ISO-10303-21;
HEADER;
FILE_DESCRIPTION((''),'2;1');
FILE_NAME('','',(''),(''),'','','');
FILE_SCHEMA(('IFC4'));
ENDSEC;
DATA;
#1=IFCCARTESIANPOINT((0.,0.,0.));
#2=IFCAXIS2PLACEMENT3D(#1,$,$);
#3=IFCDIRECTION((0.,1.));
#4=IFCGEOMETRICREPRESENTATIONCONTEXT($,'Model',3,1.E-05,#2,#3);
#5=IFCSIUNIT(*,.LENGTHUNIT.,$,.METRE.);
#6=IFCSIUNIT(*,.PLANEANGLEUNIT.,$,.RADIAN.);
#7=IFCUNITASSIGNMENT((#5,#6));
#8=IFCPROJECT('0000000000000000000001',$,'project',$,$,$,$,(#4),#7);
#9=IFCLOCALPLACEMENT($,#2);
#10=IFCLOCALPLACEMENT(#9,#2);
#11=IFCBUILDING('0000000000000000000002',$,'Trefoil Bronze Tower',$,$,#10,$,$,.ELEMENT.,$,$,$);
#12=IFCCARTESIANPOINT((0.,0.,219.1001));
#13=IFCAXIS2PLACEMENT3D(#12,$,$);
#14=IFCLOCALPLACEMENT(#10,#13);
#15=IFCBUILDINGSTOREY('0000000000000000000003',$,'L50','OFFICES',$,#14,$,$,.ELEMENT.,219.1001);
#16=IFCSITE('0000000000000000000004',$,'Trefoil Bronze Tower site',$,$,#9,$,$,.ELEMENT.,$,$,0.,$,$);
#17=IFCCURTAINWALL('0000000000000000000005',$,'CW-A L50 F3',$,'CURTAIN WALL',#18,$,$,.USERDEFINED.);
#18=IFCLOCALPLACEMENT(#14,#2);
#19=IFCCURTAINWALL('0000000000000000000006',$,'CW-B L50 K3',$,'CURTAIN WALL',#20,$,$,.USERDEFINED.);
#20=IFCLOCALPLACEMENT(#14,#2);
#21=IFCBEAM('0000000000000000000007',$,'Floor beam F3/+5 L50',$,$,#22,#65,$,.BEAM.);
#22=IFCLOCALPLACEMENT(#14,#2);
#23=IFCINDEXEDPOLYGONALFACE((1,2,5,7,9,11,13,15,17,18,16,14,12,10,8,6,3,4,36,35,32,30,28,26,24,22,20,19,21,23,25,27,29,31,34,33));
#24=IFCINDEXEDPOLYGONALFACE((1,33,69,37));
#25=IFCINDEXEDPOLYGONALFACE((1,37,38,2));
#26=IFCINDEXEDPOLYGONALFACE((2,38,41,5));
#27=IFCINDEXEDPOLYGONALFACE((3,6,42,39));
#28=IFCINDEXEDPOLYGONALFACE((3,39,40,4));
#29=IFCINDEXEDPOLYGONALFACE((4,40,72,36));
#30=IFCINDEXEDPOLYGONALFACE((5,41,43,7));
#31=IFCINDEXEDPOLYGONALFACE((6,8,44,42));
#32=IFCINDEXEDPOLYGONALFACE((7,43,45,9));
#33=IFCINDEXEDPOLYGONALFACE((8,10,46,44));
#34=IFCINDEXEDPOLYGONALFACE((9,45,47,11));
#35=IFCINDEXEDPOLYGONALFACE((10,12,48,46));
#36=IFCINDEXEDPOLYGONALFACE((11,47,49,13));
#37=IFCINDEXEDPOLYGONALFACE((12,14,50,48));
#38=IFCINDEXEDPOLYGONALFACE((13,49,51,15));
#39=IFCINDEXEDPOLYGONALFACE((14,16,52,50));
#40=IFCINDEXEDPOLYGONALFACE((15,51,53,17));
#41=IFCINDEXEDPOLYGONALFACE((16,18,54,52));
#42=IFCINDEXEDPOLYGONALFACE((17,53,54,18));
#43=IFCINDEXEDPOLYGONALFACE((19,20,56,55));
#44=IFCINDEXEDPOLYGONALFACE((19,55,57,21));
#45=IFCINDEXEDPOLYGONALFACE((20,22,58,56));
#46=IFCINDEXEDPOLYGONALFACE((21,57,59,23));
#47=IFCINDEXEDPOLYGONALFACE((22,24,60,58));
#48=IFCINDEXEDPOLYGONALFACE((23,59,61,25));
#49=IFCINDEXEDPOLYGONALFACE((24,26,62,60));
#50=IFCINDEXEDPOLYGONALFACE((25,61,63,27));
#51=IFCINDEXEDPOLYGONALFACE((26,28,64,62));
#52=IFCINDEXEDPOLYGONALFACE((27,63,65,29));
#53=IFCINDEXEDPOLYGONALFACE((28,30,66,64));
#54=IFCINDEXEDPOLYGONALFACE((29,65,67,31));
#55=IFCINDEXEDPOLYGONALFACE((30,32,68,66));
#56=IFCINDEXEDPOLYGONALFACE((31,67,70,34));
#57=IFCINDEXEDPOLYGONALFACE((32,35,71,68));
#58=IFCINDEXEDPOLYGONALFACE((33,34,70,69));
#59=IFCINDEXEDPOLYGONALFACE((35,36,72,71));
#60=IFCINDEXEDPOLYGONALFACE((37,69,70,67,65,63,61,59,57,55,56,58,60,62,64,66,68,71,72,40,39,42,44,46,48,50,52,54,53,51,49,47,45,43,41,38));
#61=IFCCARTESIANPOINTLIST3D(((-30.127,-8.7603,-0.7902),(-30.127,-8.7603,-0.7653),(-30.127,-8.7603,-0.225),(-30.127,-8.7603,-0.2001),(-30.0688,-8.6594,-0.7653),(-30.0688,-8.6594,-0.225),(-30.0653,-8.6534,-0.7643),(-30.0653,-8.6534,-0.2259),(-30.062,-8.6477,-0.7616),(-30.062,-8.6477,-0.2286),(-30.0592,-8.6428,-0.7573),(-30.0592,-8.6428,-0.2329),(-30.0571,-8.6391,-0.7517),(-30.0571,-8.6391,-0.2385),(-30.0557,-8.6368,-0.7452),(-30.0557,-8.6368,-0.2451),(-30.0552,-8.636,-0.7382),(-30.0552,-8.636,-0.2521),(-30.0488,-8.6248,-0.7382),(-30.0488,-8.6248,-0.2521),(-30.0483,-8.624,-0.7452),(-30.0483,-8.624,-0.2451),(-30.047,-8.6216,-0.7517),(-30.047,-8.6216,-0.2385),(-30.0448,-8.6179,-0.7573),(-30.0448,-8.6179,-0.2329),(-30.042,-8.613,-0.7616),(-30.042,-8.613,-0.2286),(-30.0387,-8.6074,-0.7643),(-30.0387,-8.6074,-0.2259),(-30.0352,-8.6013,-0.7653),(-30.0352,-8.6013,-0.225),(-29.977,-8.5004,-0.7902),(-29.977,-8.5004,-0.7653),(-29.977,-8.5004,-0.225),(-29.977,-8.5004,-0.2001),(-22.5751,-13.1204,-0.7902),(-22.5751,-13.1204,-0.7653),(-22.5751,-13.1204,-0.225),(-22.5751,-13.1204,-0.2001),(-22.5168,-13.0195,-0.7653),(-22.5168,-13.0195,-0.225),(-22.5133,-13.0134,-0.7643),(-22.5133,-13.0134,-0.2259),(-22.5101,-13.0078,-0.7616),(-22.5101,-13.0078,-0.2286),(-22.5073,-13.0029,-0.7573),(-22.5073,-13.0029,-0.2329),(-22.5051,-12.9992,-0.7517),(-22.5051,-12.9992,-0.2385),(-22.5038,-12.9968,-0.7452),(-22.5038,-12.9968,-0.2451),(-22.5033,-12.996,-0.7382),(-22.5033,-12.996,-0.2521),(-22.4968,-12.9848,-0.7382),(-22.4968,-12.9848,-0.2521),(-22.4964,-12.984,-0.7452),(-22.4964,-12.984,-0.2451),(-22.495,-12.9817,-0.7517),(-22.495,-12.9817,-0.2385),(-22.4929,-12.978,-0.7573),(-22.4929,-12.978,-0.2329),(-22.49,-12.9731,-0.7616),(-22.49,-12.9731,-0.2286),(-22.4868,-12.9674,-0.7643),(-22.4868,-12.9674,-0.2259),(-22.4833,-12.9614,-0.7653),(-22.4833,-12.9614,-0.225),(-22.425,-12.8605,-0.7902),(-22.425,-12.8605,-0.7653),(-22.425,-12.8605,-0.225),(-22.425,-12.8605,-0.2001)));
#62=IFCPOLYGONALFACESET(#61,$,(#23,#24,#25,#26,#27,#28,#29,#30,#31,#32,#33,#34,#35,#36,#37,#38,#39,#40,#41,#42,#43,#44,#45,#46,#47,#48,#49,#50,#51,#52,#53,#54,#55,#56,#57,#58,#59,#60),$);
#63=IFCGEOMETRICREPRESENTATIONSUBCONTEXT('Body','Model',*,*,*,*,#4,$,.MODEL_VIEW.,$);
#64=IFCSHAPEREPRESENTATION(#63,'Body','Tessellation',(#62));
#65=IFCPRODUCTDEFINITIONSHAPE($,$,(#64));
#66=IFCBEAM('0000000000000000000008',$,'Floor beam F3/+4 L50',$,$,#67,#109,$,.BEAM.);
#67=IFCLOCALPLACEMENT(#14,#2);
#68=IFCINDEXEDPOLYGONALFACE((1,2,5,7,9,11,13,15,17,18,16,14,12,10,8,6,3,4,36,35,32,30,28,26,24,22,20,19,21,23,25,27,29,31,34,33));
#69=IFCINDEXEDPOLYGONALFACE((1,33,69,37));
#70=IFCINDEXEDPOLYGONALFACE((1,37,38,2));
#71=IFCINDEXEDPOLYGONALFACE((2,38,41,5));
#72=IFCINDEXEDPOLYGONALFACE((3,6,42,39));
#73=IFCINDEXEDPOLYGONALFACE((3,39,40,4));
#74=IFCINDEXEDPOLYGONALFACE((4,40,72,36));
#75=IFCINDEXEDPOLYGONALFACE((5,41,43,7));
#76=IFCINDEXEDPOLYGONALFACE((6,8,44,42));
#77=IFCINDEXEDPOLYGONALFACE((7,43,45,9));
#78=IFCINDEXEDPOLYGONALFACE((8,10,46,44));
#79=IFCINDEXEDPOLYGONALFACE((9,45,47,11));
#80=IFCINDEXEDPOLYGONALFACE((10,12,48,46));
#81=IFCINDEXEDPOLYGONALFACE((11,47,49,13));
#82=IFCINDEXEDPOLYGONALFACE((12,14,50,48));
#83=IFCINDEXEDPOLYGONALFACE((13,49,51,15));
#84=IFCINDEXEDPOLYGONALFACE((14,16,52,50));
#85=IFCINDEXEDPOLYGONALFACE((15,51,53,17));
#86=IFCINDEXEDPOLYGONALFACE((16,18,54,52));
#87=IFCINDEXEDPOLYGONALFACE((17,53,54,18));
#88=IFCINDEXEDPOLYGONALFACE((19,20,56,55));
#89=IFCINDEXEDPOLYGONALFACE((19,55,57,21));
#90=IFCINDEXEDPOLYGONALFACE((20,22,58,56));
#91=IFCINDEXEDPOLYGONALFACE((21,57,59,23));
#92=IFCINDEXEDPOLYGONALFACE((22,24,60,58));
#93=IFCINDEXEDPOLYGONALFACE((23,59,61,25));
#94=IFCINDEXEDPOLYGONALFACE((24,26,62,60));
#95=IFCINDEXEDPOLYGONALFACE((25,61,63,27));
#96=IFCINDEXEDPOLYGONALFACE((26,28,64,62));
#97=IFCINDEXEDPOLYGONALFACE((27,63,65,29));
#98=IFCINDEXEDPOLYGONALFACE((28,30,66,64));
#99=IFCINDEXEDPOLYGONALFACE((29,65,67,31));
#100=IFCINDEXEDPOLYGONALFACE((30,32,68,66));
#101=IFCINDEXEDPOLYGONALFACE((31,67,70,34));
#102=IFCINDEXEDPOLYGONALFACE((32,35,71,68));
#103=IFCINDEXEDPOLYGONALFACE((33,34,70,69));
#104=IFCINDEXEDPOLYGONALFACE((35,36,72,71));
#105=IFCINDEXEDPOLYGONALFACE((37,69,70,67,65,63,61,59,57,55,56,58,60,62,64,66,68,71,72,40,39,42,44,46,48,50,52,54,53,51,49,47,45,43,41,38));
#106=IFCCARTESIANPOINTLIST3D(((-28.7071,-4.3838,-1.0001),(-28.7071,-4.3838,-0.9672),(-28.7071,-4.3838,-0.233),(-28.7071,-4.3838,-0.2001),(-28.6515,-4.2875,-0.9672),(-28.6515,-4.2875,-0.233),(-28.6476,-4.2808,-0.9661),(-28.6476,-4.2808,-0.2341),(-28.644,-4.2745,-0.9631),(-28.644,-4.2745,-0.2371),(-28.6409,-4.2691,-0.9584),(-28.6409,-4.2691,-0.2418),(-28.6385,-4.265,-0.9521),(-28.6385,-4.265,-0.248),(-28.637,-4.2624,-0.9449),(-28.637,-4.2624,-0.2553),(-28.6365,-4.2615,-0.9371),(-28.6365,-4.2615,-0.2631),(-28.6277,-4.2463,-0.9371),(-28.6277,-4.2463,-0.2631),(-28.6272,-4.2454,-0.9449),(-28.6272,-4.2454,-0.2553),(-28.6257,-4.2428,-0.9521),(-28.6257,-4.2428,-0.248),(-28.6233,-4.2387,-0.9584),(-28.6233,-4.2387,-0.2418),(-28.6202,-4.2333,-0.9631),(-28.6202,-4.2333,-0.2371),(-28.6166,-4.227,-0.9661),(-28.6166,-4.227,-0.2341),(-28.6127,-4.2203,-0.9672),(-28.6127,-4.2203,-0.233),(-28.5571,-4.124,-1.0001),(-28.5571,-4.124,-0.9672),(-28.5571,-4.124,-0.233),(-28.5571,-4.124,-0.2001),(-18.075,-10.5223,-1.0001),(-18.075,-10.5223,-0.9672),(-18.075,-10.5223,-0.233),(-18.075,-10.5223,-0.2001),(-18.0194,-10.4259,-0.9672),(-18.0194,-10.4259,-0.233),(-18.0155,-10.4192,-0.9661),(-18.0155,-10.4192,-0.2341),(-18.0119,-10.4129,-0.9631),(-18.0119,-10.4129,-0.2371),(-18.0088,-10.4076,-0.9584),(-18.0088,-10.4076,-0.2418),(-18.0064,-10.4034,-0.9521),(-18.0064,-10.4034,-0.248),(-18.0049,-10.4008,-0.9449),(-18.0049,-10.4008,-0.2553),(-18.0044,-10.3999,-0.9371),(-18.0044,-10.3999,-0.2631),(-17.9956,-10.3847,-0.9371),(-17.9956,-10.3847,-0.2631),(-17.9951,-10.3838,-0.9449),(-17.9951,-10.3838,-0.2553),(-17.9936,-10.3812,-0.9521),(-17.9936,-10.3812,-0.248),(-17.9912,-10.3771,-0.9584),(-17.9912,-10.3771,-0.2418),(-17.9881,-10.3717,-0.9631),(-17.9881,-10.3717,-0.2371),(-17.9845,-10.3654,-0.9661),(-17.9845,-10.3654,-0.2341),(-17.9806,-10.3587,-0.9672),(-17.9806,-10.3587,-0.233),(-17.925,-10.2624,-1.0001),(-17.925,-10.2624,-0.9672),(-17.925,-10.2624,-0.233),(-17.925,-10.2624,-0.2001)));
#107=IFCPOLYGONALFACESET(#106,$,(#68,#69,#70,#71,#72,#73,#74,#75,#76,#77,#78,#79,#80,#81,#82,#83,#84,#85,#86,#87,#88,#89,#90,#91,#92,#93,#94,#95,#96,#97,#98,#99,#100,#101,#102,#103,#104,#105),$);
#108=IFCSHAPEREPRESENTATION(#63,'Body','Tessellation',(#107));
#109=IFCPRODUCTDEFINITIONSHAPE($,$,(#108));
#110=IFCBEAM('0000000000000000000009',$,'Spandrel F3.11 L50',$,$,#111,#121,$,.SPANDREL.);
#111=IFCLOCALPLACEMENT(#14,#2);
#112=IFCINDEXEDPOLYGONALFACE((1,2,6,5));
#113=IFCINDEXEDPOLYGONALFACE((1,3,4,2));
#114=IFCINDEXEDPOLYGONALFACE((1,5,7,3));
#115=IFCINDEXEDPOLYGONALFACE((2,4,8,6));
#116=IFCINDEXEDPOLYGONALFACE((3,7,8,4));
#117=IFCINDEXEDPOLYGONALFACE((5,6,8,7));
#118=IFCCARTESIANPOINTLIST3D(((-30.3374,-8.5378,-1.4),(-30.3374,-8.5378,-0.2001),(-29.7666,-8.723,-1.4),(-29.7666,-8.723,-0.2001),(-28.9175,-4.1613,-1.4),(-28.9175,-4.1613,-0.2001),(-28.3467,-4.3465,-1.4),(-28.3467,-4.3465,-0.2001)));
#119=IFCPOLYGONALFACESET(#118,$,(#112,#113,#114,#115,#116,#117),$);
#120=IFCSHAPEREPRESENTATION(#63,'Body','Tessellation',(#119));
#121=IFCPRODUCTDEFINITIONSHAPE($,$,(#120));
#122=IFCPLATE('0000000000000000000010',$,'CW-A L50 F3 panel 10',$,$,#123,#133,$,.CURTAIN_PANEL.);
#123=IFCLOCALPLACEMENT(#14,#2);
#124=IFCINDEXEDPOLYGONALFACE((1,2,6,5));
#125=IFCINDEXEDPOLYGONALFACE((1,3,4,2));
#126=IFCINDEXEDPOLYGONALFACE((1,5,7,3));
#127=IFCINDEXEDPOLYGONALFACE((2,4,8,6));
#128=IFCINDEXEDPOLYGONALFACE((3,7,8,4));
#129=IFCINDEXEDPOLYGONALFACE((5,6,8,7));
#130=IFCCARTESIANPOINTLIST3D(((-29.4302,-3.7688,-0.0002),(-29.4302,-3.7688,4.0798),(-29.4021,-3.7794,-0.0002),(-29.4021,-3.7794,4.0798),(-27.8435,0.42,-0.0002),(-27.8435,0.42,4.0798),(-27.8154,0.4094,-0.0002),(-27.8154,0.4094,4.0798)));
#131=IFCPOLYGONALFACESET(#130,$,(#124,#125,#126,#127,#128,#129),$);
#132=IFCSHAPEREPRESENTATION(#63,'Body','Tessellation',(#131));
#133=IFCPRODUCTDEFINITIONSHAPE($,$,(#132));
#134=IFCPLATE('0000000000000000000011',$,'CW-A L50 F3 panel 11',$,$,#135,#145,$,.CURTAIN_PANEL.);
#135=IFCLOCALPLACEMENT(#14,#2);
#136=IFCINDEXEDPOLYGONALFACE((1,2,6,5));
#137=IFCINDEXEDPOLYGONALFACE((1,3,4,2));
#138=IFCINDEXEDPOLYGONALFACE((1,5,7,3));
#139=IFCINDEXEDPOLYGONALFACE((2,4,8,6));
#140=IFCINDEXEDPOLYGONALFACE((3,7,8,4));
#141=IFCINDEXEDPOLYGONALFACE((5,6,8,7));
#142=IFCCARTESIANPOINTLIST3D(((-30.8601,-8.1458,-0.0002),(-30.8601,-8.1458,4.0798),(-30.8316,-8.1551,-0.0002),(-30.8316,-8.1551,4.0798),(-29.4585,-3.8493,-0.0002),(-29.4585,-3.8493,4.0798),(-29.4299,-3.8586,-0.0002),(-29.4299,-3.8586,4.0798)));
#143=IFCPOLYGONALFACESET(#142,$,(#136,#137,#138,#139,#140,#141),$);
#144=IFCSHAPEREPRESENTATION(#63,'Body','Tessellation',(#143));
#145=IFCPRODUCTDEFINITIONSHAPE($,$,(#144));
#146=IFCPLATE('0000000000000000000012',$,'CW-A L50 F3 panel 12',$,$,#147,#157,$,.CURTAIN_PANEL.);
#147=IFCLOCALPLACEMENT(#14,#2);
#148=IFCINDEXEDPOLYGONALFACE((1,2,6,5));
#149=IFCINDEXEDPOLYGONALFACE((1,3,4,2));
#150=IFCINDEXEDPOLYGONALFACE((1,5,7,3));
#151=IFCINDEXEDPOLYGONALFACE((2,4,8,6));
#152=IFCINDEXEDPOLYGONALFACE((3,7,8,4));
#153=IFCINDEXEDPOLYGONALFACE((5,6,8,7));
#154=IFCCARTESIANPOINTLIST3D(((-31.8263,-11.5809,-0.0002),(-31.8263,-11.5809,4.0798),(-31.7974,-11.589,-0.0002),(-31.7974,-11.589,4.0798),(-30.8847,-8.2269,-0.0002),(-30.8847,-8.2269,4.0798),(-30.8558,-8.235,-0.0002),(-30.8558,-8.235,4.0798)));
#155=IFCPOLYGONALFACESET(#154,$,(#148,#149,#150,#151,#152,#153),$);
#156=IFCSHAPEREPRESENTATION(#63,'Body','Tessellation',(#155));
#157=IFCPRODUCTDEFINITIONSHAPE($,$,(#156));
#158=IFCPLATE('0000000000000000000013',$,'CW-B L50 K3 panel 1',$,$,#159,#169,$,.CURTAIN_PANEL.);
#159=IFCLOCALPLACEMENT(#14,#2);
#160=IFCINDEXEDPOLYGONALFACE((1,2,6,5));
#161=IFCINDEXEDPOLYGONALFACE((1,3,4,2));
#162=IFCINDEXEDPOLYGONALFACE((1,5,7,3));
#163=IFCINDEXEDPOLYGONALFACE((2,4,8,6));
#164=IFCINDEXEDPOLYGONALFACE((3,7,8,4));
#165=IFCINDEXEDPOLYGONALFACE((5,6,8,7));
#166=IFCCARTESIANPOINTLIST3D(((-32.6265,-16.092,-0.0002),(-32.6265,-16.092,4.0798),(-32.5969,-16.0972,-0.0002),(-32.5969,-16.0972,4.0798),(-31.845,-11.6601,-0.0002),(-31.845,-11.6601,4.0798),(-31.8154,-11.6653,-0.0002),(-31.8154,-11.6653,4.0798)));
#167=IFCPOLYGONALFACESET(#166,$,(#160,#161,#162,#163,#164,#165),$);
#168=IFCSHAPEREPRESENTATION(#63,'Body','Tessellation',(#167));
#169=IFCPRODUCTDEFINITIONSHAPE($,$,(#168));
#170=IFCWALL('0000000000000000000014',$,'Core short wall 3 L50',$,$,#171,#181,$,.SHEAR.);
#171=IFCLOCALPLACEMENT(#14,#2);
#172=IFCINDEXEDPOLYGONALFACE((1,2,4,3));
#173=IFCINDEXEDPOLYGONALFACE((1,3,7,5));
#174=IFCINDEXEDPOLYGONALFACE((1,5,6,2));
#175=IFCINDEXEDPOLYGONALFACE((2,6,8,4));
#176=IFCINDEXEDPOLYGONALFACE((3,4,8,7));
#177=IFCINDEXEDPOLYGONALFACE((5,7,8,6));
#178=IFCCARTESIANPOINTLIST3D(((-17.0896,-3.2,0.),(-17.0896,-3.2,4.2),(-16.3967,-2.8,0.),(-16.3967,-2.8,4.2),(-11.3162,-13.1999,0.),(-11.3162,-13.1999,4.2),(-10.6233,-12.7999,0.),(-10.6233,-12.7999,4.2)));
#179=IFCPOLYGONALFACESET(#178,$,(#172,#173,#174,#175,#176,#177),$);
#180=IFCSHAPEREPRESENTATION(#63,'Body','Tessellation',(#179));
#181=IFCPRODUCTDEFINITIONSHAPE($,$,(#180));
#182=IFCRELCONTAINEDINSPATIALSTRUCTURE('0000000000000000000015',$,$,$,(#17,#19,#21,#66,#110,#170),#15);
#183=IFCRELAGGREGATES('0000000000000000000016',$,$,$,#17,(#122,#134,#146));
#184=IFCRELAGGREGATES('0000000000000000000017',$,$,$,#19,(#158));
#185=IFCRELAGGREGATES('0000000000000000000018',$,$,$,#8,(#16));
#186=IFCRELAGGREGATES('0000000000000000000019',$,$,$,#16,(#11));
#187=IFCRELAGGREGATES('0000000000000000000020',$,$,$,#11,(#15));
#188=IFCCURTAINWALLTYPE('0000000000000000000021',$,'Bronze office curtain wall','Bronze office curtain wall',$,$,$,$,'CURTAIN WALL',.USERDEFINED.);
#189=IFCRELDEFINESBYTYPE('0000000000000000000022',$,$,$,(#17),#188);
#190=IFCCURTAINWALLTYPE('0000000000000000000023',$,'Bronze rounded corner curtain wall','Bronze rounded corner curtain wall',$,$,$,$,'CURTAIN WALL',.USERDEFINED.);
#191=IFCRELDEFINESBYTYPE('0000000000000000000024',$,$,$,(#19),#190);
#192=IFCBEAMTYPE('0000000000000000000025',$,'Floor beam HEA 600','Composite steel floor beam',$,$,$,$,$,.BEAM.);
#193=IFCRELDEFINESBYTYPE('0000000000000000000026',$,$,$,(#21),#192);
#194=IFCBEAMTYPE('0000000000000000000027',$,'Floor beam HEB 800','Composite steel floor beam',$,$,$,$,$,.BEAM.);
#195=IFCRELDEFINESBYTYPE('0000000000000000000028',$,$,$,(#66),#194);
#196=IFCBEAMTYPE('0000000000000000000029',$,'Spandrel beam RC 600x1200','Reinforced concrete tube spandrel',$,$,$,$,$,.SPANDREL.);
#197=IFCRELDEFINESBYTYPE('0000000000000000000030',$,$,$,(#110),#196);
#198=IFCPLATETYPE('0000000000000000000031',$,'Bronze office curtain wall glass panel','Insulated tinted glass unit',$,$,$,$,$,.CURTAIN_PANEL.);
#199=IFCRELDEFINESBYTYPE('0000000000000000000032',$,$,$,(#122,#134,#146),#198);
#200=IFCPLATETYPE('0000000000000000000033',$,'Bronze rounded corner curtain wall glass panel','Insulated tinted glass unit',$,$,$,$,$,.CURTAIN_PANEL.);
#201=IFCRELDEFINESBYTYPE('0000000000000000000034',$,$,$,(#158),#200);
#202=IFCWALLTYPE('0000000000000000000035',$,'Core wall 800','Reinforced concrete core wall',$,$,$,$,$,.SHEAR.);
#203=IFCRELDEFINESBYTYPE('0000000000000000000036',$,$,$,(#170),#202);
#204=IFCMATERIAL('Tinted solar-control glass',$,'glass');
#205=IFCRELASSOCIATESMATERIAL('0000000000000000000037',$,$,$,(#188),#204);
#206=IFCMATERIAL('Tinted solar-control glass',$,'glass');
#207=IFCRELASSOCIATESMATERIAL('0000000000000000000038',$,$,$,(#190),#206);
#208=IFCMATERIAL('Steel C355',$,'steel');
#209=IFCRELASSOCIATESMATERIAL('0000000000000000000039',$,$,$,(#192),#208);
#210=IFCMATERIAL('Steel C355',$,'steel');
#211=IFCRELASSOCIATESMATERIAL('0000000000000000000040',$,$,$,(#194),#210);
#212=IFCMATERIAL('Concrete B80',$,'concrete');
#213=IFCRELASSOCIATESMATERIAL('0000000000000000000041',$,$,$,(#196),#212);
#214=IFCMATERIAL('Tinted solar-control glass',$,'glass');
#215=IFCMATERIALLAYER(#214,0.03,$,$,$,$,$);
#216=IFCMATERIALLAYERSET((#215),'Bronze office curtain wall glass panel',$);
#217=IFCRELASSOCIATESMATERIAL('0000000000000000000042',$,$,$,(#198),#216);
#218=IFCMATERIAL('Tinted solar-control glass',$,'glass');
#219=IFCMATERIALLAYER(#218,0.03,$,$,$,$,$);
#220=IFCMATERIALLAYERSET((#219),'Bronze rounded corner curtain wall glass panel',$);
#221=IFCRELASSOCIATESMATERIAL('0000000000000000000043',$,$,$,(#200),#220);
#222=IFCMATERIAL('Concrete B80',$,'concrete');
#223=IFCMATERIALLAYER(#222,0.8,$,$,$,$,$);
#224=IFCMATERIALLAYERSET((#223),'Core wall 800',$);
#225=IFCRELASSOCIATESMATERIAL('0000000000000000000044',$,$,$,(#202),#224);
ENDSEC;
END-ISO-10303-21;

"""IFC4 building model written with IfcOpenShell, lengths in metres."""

from ifc_helpers import new_model, si_unit, direction, frame, frame_2d, origin, origin_2d, place, context, subcontext, project, spatial, rectangle, i_section, extrude, material, layer, layer_set, material_profile, profile_set, type_object, element, aggregate, save


model = new_model("IFC4")

# Units and contexts
model_context = context("Model", 3, precision=1e-05, world=origin(), true_north=direction((0.0, 1.0)))
body_context = subcontext(model_context, "Body", "Model", "MODEL_VIEW")
ifc_project = project(units=[si_unit("LENGTHUNIT", "METRE"), si_unit("PLANEANGLEUNIT", "RADIAN")], contexts=[model_context])

# Site, building, storey
site_placement = place(None, origin())
site = spatial("IfcSite", under=ifc_project, at=site_placement, Name="Trefoil Bronze Tower site", CompositionType="ELEMENT", RefElevation=0.0)
building_placement = place(site_placement, origin())
building = spatial("IfcBuilding", under=site, at=building_placement, Name="Trefoil Bronze Tower", CompositionType="ELEMENT")
storey_placement = place(building_placement, frame((0.0, 0.0, 219.1001)))
storey = spatial("IfcBuildingStorey", under=building, at=storey_placement, Name="L50", Description="OFFICES", CompositionType="ELEMENT", Elevation=219.1001)

# Curtain walls
ifc_material_1 = material(Name="Tinted solar-control glass", Category="glass")
curtain_wall_type_1 = type_object("IfcCurtainWallType", Name="Bronze office curtain wall", Description="Bronze office curtain wall", ElementType="CURTAIN WALL", PredefinedType="USERDEFINED", material=ifc_material_1)
curtain_wall_1_placement = place(storey_placement, origin())
curtain_wall_1 = element("IfcCurtainWall", 1, at=curtain_wall_1_placement, inside=storey, type_object=curtain_wall_type_1, Name="CW-A L50 F3", ObjectType="CURTAIN WALL", PredefinedType="USERDEFINED")
ifc_material_2 = material(Name="Tinted solar-control glass", Category="glass")
curtain_wall_type_2 = type_object("IfcCurtainWallType", Name="Bronze rounded corner curtain wall", Description="Bronze rounded corner curtain wall", ElementType="CURTAIN WALL", PredefinedType="USERDEFINED", material=ifc_material_2)
curtain_wall_2_placement = place(storey_placement, origin())
curtain_wall_2 = element("IfcCurtainWall", 2, at=curtain_wall_2_placement, inside=storey, type_object=curtain_wall_type_2, Name="CW-B L50 K3", ObjectType="CURTAIN WALL", PredefinedType="USERDEFINED")

# Beams
ifc_material_3 = material(Name="Steel C355", Category="steel")
ifc_material_profile_1 = material_profile(ifc_material_3, i_section(OverallWidth=0.3, OverallDepth=0.5901, WebThickness=0.0129, FlangeThickness=0.0249, FilletRadius=0.0271, at=origin_2d()), Name="HEA 600")
ifc_profile_set_1 = profile_set([ifc_material_profile_1], Name="Steel C355")
beam_type_1 = type_object("IfcBeamType", Name="Floor beam HEA 600", Description="Composite steel floor beam", PredefinedType="BEAM", material=ifc_profile_set_1)
beam_1_placement = place(storey_placement, frame((-30.052, -8.6304, -0.4951), z_axis=(0.866028, -0.499996, 0.0), x_axis=(0.499996, 0.866028, 0.0)))
element("IfcBeam", 3, at=beam_1_placement, inside=storey, type_object=beam_type_1, Name="Floor beam F3/+5 L50", PredefinedType="BEAM", context=body_context, shape_type="SweptSolid", body=[
    extrude(i_section(OverallWidth=0.3, OverallDepth=0.5901, WebThickness=0.0129, FlangeThickness=0.0249, FilletRadius=0.0271, at=origin_2d()), origin(), (0.0, 0.0, 1.0), 8.7202),
])
ifc_material_4 = material(Name="Steel C355", Category="steel")
ifc_material_profile_2 = material_profile(ifc_material_4, i_section(OverallWidth=0.3, OverallDepth=0.8, WebThickness=0.0176, FlangeThickness=0.033, FilletRadius=0.03, at=origin_2d()), Name="HEB 800")
ifc_profile_set_2 = profile_set([ifc_material_profile_2], Name="Steel C355")
beam_type_2 = type_object("IfcBeamType", Name="Floor beam HEB 800", Description="Composite steel floor beam", PredefinedType="BEAM", material=ifc_profile_set_2)
beam_2_placement = place(storey_placement, frame((-28.6321, -4.2539, -0.6001), z_axis=(0.866026, -0.5, 0.0), x_axis=(0.5, 0.866026, 0.0)))
element("IfcBeam", 4, at=beam_2_placement, inside=storey, type_object=beam_type_2, Name="Floor beam F3/+4 L50", PredefinedType="BEAM", context=body_context, shape_type="SweptSolid", body=[
    extrude(i_section(OverallWidth=0.3, OverallDepth=0.8, WebThickness=0.0176, FlangeThickness=0.033, FilletRadius=0.03, at=origin_2d()), origin(), (0.0, 0.0, 1.0), 12.2769),
])
ifc_material_5 = material(Name="Concrete B80", Category="concrete")
ifc_material_profile_3 = material_profile(ifc_material_5, rectangle(XDim=0.6001, YDim=1.2, at=origin_2d()), Name="RC 600x1200")
ifc_profile_set_3 = profile_set([ifc_material_profile_3], Name="Concrete B80")
beam_type_3 = type_object("IfcBeamType", Name="Spandrel beam RC 600x1200", Description="Reinforced concrete tube spandrel", PredefinedType="SPANDREL", material=ifc_profile_set_3)
beam_3_placement = place(storey_placement, frame((-28.6321, -4.2539, -0.8), z_axis=(-0.308609, -0.951189, 0.0), x_axis=(0.951189, -0.308609, 0.0)))
element("IfcBeam", 5, at=beam_3_placement, inside=storey, type_object=beam_type_3, Name="Spandrel F3.11 L50", PredefinedType="SPANDREL", context=body_context, shape_type="SweptSolid", body=[
    extrude(rectangle(XDim=0.6001, YDim=1.2, at=origin_2d()), origin(), (0.0, 0.0, 1.0), 4.6011),
])

# Plates
ifc_material_6 = material(Name="Tinted solar-control glass", Category="glass")
ifc_layer_1 = layer(ifc_material_6, 0.03)
ifc_layer_set_1 = layer_set([ifc_layer_1], Name="Bronze office curtain wall glass panel")
plate_type_1 = type_object("IfcPlateType", Name="Bronze office curtain wall glass panel", Description="Insulated tinted glass unit", PredefinedType="CURTAIN_PANEL", material=ifc_layer_set_1)
plate_1_placement = place(storey_placement, frame((-28.6228, -1.6797, -0.0002), z_axis=(0.0, 0.0, 1.0), x_axis=(-0.354234, -0.935157, 0.0)))
plate_1 = element("IfcPlate", 6, at=plate_1_placement, type_object=plate_type_1, Name="CW-A L50 F3 panel 10", PredefinedType="CURTAIN_PANEL", context=body_context, shape_type="SweptSolid", body=[
    extrude(rectangle(XDim=4.4792, YDim=0.03, at=origin_2d()), origin(), (0.0, 0.0, 1.0), 4.0801),
])
plate_2_placement = place(storey_placement, frame((-30.145, -6.0022, -0.0002), z_axis=(0.0, 0.0, 1.0), x_axis=(-0.310149, -0.950688, 0.0)))
plate_2 = element("IfcPlate", 7, at=plate_2_placement, type_object=plate_type_1, Name="CW-A L50 F3 panel 11", PredefinedType="CURTAIN_PANEL", context=body_context, shape_type="SweptSolid", body=[
    extrude(rectangle(XDim=4.5193, YDim=0.03, at=origin_2d()), origin(), (0.0, 0.0, 1.0), 4.0801),
])
plate_3_placement = place(storey_placement, frame((-31.3411, -9.908, -0.0002), z_axis=(0.0, 0.0, 1.0), x_axis=(-0.270282, -0.962781, 0.0)))
plate_3 = element("IfcPlate", 8, at=plate_3_placement, type_object=plate_type_1, Name="CW-A L50 F3 panel 12", PredefinedType="CURTAIN_PANEL", context=body_context, shape_type="SweptSolid", body=[
    extrude(rectangle(XDim=3.4836, YDim=0.03, at=origin_2d()), origin(), (0.0, 0.0, 1.0), 4.0801),
])
aggregate(curtain_wall_1, [plate_1, plate_2, plate_3])
ifc_material_7 = material(Name="Tinted solar-control glass", Category="glass")
ifc_layer_2 = layer(ifc_material_7, 0.03)
ifc_layer_set_2 = layer_set([ifc_layer_2], Name="Bronze rounded corner curtain wall glass panel")
plate_type_2 = type_object("IfcPlateType", Name="Bronze rounded corner curtain wall glass panel", Description="Insulated tinted glass unit", PredefinedType="CURTAIN_PANEL", material=ifc_layer_set_2)
plate_4_placement = place(storey_placement, frame((-32.2209, -13.8787, -0.0002), z_axis=(0.0, 0.0, 1.0), x_axis=(-0.173648, -0.984808, 0.0)))
plate_4 = element("IfcPlate", 9, at=plate_4_placement, type_object=plate_type_2, Name="CW-B L50 K3 panel 1", PredefinedType="CURTAIN_PANEL", context=body_context, shape_type="SweptSolid", body=[
    extrude(rectangle(XDim=4.5002, YDim=0.03, at=origin_2d()), origin(), (0.0, 0.0, 1.0), 4.0801),
])
aggregate(curtain_wall_2, [plate_4])

# Wall
ifc_material_8 = material(Name="Concrete B80", Category="concrete")
ifc_layer_3 = layer(ifc_material_8, 0.8)
ifc_layer_set_3 = layer_set([ifc_layer_3], Name="Core wall 800")
wall_type_1 = type_object("IfcWallType", Name="Core wall 800", Description="Reinforced concrete core wall", PredefinedType="SHEAR", material=ifc_layer_set_3)
wall_1_placement = place(storey_placement, frame((-16.7432, -3.0, 0.0), z_axis=(0.0, 0.0, 1.0), x_axis=(0.499996, -0.866028, 0.0)))
element("IfcWall", 10, at=wall_1_placement, inside=storey, type_object=wall_type_1, Name="Core short wall 3 L50", PredefinedType="SHEAR", context=body_context, shape_type="SweptSolid", body=[
    extrude(rectangle(XDim=11.5469, YDim=0.8, at=frame_2d((5.7734, 0.0))), origin(), (0.0, 0.0, 1.0), 4.2),
])

save(model, "model.ifc")
